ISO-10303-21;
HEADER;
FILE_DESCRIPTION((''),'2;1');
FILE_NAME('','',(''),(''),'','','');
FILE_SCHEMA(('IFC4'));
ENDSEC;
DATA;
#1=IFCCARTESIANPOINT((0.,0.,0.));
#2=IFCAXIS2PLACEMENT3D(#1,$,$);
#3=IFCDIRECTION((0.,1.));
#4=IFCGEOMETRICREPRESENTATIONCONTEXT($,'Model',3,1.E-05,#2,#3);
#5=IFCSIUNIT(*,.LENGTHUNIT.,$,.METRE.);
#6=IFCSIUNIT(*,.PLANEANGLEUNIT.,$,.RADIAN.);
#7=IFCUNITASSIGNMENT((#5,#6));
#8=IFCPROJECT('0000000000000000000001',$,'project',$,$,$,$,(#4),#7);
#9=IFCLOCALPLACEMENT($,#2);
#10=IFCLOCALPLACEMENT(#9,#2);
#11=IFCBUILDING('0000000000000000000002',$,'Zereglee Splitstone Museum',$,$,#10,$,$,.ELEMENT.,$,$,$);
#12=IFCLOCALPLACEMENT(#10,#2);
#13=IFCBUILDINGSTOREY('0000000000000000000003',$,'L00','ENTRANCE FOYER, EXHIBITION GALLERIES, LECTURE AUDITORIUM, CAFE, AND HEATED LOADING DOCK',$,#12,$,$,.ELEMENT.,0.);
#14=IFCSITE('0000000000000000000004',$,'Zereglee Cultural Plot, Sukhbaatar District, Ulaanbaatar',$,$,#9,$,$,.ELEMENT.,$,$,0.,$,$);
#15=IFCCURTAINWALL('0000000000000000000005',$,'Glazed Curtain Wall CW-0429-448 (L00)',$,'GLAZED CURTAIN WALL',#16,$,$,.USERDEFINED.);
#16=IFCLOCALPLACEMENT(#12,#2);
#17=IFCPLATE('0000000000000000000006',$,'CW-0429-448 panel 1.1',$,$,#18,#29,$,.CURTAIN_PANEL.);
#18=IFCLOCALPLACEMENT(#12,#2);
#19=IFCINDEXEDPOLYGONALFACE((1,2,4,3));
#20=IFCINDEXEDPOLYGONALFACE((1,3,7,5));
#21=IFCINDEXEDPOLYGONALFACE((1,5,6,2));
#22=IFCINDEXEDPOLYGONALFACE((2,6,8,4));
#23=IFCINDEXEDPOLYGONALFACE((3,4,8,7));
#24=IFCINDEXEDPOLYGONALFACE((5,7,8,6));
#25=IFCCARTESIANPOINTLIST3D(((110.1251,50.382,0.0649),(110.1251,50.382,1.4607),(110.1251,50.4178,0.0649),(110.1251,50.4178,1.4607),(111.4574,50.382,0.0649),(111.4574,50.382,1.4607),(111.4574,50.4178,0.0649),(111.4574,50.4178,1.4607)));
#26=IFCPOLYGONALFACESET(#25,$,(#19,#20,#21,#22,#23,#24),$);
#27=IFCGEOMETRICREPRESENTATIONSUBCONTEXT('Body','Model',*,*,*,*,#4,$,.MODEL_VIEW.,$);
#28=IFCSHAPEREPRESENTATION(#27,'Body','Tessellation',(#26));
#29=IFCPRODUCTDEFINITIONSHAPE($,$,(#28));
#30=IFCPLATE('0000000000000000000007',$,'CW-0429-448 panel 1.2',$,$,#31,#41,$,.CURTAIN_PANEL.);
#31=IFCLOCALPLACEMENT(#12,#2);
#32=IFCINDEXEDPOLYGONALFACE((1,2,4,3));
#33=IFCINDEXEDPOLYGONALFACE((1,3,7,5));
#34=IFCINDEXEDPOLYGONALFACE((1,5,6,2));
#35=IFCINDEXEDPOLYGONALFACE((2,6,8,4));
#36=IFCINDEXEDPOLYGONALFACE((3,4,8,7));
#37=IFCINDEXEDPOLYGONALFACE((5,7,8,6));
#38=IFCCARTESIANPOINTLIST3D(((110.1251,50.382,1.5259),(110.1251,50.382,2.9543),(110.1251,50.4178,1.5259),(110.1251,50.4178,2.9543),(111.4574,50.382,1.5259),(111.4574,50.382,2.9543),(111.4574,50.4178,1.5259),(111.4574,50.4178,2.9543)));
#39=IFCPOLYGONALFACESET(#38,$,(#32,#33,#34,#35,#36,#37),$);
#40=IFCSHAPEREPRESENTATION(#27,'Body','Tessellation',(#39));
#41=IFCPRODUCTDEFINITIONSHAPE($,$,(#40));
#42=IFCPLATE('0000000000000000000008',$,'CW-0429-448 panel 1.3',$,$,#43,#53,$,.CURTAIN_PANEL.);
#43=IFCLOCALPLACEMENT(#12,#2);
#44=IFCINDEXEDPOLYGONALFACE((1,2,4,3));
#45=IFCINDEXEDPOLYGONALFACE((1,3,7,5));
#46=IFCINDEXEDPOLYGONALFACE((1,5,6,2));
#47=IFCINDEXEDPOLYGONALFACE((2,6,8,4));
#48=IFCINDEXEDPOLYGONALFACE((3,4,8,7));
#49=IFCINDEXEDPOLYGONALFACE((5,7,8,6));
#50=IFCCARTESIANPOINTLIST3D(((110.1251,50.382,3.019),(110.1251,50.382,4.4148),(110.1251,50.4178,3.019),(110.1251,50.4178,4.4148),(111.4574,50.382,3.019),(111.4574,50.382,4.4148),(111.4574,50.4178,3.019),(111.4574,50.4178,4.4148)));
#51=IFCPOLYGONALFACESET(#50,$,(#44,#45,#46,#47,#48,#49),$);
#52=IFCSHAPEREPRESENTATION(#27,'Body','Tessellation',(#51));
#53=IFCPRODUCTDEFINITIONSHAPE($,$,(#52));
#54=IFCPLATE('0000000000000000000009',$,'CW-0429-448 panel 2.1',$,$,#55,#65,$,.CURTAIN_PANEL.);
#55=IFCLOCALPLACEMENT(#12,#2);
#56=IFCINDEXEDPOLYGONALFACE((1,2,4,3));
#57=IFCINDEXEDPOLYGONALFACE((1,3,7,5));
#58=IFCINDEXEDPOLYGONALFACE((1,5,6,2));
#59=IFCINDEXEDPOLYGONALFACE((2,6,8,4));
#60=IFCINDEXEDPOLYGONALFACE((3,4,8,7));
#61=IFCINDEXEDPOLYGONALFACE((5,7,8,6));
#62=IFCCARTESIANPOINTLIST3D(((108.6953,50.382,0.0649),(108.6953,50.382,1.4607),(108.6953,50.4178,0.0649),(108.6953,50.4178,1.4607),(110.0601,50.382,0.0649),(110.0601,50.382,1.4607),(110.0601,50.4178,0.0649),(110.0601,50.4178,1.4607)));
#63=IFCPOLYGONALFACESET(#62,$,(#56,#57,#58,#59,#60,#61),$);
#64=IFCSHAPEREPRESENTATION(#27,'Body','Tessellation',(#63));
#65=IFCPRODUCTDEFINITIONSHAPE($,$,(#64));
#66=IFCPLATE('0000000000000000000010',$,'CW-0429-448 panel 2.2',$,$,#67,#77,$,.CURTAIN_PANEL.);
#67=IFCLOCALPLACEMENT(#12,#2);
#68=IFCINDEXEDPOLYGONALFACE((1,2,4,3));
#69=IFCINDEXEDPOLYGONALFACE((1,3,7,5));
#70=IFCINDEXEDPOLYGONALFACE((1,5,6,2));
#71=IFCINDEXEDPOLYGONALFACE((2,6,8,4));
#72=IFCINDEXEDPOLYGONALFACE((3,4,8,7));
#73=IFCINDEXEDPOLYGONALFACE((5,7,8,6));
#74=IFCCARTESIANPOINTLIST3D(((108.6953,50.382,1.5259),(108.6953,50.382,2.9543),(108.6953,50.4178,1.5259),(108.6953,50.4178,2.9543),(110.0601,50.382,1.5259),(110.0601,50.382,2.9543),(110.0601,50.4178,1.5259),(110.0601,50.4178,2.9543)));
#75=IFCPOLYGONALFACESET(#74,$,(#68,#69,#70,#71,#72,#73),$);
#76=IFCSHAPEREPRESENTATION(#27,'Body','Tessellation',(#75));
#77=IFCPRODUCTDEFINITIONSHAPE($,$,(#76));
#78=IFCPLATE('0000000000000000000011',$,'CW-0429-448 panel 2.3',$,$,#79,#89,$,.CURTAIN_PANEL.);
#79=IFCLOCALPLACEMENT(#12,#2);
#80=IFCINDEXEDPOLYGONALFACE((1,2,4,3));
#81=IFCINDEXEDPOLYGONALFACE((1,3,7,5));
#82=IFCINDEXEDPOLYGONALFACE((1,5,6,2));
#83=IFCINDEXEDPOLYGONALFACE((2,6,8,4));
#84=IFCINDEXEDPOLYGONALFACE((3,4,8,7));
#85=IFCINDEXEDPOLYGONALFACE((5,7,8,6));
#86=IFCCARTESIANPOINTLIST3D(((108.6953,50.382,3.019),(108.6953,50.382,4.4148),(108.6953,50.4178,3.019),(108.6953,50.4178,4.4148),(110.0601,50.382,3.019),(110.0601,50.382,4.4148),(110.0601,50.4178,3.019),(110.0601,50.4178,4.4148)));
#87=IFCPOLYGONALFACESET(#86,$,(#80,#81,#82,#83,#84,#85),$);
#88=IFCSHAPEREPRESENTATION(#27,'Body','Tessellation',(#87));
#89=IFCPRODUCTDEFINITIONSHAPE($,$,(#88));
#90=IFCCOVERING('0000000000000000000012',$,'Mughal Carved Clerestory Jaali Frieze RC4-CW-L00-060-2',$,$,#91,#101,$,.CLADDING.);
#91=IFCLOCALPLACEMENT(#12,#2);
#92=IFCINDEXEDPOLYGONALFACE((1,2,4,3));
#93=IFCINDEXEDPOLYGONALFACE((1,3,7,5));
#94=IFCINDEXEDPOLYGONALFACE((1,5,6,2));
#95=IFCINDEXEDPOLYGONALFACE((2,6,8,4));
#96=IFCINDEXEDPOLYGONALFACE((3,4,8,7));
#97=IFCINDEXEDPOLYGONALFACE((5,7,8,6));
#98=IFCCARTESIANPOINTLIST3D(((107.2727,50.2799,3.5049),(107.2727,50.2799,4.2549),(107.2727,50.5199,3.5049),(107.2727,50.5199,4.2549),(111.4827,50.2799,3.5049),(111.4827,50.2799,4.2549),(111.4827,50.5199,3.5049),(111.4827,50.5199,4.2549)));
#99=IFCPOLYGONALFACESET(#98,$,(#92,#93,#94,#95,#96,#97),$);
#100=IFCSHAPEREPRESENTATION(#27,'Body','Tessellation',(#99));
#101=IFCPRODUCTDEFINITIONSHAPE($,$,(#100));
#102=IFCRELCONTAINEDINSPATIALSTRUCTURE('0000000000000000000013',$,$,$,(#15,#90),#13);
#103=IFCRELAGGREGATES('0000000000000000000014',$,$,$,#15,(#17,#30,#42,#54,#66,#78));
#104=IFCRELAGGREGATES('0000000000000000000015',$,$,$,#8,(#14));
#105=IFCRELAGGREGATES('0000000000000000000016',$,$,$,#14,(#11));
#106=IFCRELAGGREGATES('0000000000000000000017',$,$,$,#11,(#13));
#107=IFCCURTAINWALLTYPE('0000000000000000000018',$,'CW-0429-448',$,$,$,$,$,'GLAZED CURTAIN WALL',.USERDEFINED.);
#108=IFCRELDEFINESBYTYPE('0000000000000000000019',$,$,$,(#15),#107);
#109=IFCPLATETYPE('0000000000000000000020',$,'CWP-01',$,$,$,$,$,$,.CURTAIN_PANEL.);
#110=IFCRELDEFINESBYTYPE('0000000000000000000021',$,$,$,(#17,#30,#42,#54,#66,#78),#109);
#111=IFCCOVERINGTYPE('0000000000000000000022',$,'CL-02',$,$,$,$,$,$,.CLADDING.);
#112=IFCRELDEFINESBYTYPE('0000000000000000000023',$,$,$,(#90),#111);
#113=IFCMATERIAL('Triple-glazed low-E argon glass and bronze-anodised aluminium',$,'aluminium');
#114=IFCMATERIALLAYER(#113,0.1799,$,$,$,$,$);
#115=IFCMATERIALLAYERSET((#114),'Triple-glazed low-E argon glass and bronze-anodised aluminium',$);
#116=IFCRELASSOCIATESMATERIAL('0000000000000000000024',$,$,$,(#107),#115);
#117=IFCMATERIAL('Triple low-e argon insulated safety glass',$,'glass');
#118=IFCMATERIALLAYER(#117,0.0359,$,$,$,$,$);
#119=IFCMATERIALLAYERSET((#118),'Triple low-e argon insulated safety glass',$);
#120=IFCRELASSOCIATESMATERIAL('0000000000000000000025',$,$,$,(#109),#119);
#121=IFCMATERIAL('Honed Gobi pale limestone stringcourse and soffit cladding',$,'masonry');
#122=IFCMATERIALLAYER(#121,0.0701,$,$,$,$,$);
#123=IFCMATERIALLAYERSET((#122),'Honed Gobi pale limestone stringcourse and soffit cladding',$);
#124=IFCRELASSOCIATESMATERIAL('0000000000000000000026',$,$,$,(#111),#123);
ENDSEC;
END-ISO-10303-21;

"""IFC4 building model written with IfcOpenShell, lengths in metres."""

from ifc_helpers import new_model, si_unit, direction, frame, origin, origin_2d, place, context, subcontext, project, spatial, rectangle, extrude, material, layer, layer_set, type_object, element, aggregate, save


model = new_model("IFC4")

# Units and contexts
model_context = context("Model", 3, precision=1e-05, world=origin(), true_north=direction((0.0, 1.0)))
body_context = subcontext(model_context, "Body", "Model", "MODEL_VIEW")
ifc_project = project(units=[si_unit("LENGTHUNIT", "METRE"), si_unit("PLANEANGLEUNIT", "RADIAN")], contexts=[model_context])

# Site, building, storey
site_placement = place(None, origin())
site = spatial("IfcSite", under=ifc_project, at=site_placement, Name="Zereglee Cultural Plot, Sukhbaatar District, Ulaanbaatar", CompositionType="ELEMENT", RefElevation=0.0)
building_placement = place(site_placement, origin())
building = spatial("IfcBuilding", under=site, at=building_placement, Name="Zereglee Splitstone Museum", CompositionType="ELEMENT")
storey_placement = place(building_placement, origin())
storey = spatial("IfcBuildingStorey", under=building, at=storey_placement, Name="L00", Description="ENTRANCE FOYER, EXHIBITION GALLERIES, LECTURE AUDITORIUM, CAFE, AND HEATED LOADING DOCK", CompositionType="ELEMENT", Elevation=0.0)

# Shared definitions
ifc_material_1 = material(Name="Triple-glazed low-E argon glass and bronze-anodised aluminium", Category="aluminium")

# Curtain wall
ifc_layer_1 = layer(ifc_material_1, 0.1799)
ifc_layer_set_1 = layer_set([ifc_layer_1], Name="Triple-glazed low-E argon glass and bronze-anodised aluminium")
curtain_wall_type_1 = type_object("IfcCurtainWallType", Name="CW-0429-448", ElementType="GLAZED CURTAIN WALL", PredefinedType="USERDEFINED", material=ifc_layer_set_1)
curtain_wall_1_placement = place(storey_placement, origin())
curtain_wall_1 = element("IfcCurtainWall", 1, at=curtain_wall_1_placement, inside=storey, type_object=curtain_wall_type_1, Name="Glazed Curtain Wall CW-0429-448 (L00)", ObjectType="GLAZED CURTAIN WALL", PredefinedType="USERDEFINED")

# Plates
ifc_material_2 = material(Name="Triple low-e argon insulated safety glass", Category="glass")
ifc_layer_2 = layer(ifc_material_2, 0.0359)
ifc_layer_set_2 = layer_set([ifc_layer_2], Name="Triple low-e argon insulated safety glass")
plate_type = type_object("IfcPlateType", Name="CWP-01", PredefinedType="CURTAIN_PANEL", material=ifc_layer_set_2)
plate_1_placement = place(storey_placement, frame((110.7913, 50.3999, 0.0649), z_axis=(0.0, 0.0, 1.0), x_axis=(-1.0, 0.0, 0.0)))
plate_1 = element("IfcPlate", 2, at=plate_1_placement, type_object=plate_type, Name="CW-0429-448 panel 1.1", PredefinedType="CURTAIN_PANEL", context=body_context, shape_type="SweptSolid", body=[
    extrude(rectangle(XDim=1.3323, YDim=0.0359, at=origin_2d()), origin(), (0.0, 0.0, 1.0), 1.3958),
])
plate_2_placement = place(storey_placement, frame((110.7913, 50.3999, 1.5259), z_axis=(0.0, 0.0, 1.0), x_axis=(-1.0, 0.0, 0.0)))
plate_2 = element("IfcPlate", 3, at=plate_2_placement, type_object=plate_type, Name="CW-0429-448 panel 1.2", PredefinedType="CURTAIN_PANEL", context=body_context, shape_type="SweptSolid", body=[
    extrude(rectangle(XDim=1.3323, YDim=0.0359, at=origin_2d()), origin(), (0.0, 0.0, 1.0), 1.4285),
])
plate_3_placement = place(storey_placement, frame((110.7913, 50.3999, 3.019), z_axis=(0.0, 0.0, 1.0), x_axis=(-1.0, 0.0, 0.0)))
plate_3 = element("IfcPlate", 4, at=plate_3_placement, type_object=plate_type, Name="CW-0429-448 panel 1.3", PredefinedType="CURTAIN_PANEL", context=body_context, shape_type="SweptSolid", body=[
    extrude(rectangle(XDim=1.3323, YDim=0.0359, at=origin_2d()), origin(), (0.0, 0.0, 1.0), 1.3958),
])
plate_4_placement = place(storey_placement, frame((109.3777, 50.3999, 0.0649), z_axis=(0.0, 0.0, 1.0), x_axis=(-1.0, 0.0, 0.0)))
plate_4 = element("IfcPlate", 5, at=plate_4_placement, type_object=plate_type, Name="CW-0429-448 panel 2.1", PredefinedType="CURTAIN_PANEL", context=body_context, shape_type="SweptSolid", body=[
    extrude(rectangle(XDim=1.3647, YDim=0.0359, at=origin_2d()), origin(), (0.0, 0.0, 1.0), 1.3958),
])
plate_5_placement = place(storey_placement, frame((109.3777, 50.3999, 1.5259), z_axis=(0.0, 0.0, 1.0), x_axis=(-1.0, 0.0, 0.0)))
plate_5 = element("IfcPlate", 6, at=plate_5_placement, type_object=plate_type, Name="CW-0429-448 panel 2.2", PredefinedType="CURTAIN_PANEL", context=body_context, shape_type="SweptSolid", body=[
    extrude(rectangle(XDim=1.3647, YDim=0.0359, at=origin_2d()), origin(), (0.0, 0.0, 1.0), 1.4285),
])
plate_6_placement = place(storey_placement, frame((109.3777, 50.3999, 3.019), z_axis=(0.0, 0.0, 1.0), x_axis=(-1.0, 0.0, 0.0)))
plate_6 = element("IfcPlate", 7, at=plate_6_placement, type_object=plate_type, Name="CW-0429-448 panel 2.3", PredefinedType="CURTAIN_PANEL", context=body_context, shape_type="SweptSolid", body=[
    extrude(rectangle(XDim=1.3647, YDim=0.0359, at=origin_2d()), origin(), (0.0, 0.0, 1.0), 1.3958),
])
aggregate(curtain_wall_1, [plate_1, plate_2, plate_3, plate_4, plate_5, plate_6])

# Covering
ifc_material_3 = material(Name="Honed Gobi pale limestone stringcourse and soffit cladding", Category="masonry")
ifc_layer_3 = layer(ifc_material_3, 0.0701)
ifc_layer_set_3 = layer_set([ifc_layer_3], Name="Honed Gobi pale limestone stringcourse and soffit cladding")
covering_type = type_object("IfcCoveringType", Name="CL-02", PredefinedType="CLADDING", material=ifc_layer_set_3)
covering_placement = place(storey_placement, frame((109.3777, 50.3999, 3.5049), z_axis=(0.0, 0.0, 1.0), x_axis=(-1.0, 0.0, 0.0)))
element("IfcCovering", 8, at=covering_placement, inside=storey, type_object=covering_type, Name="Mughal Carved Clerestory Jaali Frieze RC4-CW-L00-060-2", PredefinedType="CLADDING", context=body_context, shape_type="SweptSolid", body=[
    extrude(rectangle(XDim=4.21, YDim=0.24, at=origin_2d()), origin(), (0.0, 0.0, 1.0), 0.75),
])

save(model, "model.ifc")
